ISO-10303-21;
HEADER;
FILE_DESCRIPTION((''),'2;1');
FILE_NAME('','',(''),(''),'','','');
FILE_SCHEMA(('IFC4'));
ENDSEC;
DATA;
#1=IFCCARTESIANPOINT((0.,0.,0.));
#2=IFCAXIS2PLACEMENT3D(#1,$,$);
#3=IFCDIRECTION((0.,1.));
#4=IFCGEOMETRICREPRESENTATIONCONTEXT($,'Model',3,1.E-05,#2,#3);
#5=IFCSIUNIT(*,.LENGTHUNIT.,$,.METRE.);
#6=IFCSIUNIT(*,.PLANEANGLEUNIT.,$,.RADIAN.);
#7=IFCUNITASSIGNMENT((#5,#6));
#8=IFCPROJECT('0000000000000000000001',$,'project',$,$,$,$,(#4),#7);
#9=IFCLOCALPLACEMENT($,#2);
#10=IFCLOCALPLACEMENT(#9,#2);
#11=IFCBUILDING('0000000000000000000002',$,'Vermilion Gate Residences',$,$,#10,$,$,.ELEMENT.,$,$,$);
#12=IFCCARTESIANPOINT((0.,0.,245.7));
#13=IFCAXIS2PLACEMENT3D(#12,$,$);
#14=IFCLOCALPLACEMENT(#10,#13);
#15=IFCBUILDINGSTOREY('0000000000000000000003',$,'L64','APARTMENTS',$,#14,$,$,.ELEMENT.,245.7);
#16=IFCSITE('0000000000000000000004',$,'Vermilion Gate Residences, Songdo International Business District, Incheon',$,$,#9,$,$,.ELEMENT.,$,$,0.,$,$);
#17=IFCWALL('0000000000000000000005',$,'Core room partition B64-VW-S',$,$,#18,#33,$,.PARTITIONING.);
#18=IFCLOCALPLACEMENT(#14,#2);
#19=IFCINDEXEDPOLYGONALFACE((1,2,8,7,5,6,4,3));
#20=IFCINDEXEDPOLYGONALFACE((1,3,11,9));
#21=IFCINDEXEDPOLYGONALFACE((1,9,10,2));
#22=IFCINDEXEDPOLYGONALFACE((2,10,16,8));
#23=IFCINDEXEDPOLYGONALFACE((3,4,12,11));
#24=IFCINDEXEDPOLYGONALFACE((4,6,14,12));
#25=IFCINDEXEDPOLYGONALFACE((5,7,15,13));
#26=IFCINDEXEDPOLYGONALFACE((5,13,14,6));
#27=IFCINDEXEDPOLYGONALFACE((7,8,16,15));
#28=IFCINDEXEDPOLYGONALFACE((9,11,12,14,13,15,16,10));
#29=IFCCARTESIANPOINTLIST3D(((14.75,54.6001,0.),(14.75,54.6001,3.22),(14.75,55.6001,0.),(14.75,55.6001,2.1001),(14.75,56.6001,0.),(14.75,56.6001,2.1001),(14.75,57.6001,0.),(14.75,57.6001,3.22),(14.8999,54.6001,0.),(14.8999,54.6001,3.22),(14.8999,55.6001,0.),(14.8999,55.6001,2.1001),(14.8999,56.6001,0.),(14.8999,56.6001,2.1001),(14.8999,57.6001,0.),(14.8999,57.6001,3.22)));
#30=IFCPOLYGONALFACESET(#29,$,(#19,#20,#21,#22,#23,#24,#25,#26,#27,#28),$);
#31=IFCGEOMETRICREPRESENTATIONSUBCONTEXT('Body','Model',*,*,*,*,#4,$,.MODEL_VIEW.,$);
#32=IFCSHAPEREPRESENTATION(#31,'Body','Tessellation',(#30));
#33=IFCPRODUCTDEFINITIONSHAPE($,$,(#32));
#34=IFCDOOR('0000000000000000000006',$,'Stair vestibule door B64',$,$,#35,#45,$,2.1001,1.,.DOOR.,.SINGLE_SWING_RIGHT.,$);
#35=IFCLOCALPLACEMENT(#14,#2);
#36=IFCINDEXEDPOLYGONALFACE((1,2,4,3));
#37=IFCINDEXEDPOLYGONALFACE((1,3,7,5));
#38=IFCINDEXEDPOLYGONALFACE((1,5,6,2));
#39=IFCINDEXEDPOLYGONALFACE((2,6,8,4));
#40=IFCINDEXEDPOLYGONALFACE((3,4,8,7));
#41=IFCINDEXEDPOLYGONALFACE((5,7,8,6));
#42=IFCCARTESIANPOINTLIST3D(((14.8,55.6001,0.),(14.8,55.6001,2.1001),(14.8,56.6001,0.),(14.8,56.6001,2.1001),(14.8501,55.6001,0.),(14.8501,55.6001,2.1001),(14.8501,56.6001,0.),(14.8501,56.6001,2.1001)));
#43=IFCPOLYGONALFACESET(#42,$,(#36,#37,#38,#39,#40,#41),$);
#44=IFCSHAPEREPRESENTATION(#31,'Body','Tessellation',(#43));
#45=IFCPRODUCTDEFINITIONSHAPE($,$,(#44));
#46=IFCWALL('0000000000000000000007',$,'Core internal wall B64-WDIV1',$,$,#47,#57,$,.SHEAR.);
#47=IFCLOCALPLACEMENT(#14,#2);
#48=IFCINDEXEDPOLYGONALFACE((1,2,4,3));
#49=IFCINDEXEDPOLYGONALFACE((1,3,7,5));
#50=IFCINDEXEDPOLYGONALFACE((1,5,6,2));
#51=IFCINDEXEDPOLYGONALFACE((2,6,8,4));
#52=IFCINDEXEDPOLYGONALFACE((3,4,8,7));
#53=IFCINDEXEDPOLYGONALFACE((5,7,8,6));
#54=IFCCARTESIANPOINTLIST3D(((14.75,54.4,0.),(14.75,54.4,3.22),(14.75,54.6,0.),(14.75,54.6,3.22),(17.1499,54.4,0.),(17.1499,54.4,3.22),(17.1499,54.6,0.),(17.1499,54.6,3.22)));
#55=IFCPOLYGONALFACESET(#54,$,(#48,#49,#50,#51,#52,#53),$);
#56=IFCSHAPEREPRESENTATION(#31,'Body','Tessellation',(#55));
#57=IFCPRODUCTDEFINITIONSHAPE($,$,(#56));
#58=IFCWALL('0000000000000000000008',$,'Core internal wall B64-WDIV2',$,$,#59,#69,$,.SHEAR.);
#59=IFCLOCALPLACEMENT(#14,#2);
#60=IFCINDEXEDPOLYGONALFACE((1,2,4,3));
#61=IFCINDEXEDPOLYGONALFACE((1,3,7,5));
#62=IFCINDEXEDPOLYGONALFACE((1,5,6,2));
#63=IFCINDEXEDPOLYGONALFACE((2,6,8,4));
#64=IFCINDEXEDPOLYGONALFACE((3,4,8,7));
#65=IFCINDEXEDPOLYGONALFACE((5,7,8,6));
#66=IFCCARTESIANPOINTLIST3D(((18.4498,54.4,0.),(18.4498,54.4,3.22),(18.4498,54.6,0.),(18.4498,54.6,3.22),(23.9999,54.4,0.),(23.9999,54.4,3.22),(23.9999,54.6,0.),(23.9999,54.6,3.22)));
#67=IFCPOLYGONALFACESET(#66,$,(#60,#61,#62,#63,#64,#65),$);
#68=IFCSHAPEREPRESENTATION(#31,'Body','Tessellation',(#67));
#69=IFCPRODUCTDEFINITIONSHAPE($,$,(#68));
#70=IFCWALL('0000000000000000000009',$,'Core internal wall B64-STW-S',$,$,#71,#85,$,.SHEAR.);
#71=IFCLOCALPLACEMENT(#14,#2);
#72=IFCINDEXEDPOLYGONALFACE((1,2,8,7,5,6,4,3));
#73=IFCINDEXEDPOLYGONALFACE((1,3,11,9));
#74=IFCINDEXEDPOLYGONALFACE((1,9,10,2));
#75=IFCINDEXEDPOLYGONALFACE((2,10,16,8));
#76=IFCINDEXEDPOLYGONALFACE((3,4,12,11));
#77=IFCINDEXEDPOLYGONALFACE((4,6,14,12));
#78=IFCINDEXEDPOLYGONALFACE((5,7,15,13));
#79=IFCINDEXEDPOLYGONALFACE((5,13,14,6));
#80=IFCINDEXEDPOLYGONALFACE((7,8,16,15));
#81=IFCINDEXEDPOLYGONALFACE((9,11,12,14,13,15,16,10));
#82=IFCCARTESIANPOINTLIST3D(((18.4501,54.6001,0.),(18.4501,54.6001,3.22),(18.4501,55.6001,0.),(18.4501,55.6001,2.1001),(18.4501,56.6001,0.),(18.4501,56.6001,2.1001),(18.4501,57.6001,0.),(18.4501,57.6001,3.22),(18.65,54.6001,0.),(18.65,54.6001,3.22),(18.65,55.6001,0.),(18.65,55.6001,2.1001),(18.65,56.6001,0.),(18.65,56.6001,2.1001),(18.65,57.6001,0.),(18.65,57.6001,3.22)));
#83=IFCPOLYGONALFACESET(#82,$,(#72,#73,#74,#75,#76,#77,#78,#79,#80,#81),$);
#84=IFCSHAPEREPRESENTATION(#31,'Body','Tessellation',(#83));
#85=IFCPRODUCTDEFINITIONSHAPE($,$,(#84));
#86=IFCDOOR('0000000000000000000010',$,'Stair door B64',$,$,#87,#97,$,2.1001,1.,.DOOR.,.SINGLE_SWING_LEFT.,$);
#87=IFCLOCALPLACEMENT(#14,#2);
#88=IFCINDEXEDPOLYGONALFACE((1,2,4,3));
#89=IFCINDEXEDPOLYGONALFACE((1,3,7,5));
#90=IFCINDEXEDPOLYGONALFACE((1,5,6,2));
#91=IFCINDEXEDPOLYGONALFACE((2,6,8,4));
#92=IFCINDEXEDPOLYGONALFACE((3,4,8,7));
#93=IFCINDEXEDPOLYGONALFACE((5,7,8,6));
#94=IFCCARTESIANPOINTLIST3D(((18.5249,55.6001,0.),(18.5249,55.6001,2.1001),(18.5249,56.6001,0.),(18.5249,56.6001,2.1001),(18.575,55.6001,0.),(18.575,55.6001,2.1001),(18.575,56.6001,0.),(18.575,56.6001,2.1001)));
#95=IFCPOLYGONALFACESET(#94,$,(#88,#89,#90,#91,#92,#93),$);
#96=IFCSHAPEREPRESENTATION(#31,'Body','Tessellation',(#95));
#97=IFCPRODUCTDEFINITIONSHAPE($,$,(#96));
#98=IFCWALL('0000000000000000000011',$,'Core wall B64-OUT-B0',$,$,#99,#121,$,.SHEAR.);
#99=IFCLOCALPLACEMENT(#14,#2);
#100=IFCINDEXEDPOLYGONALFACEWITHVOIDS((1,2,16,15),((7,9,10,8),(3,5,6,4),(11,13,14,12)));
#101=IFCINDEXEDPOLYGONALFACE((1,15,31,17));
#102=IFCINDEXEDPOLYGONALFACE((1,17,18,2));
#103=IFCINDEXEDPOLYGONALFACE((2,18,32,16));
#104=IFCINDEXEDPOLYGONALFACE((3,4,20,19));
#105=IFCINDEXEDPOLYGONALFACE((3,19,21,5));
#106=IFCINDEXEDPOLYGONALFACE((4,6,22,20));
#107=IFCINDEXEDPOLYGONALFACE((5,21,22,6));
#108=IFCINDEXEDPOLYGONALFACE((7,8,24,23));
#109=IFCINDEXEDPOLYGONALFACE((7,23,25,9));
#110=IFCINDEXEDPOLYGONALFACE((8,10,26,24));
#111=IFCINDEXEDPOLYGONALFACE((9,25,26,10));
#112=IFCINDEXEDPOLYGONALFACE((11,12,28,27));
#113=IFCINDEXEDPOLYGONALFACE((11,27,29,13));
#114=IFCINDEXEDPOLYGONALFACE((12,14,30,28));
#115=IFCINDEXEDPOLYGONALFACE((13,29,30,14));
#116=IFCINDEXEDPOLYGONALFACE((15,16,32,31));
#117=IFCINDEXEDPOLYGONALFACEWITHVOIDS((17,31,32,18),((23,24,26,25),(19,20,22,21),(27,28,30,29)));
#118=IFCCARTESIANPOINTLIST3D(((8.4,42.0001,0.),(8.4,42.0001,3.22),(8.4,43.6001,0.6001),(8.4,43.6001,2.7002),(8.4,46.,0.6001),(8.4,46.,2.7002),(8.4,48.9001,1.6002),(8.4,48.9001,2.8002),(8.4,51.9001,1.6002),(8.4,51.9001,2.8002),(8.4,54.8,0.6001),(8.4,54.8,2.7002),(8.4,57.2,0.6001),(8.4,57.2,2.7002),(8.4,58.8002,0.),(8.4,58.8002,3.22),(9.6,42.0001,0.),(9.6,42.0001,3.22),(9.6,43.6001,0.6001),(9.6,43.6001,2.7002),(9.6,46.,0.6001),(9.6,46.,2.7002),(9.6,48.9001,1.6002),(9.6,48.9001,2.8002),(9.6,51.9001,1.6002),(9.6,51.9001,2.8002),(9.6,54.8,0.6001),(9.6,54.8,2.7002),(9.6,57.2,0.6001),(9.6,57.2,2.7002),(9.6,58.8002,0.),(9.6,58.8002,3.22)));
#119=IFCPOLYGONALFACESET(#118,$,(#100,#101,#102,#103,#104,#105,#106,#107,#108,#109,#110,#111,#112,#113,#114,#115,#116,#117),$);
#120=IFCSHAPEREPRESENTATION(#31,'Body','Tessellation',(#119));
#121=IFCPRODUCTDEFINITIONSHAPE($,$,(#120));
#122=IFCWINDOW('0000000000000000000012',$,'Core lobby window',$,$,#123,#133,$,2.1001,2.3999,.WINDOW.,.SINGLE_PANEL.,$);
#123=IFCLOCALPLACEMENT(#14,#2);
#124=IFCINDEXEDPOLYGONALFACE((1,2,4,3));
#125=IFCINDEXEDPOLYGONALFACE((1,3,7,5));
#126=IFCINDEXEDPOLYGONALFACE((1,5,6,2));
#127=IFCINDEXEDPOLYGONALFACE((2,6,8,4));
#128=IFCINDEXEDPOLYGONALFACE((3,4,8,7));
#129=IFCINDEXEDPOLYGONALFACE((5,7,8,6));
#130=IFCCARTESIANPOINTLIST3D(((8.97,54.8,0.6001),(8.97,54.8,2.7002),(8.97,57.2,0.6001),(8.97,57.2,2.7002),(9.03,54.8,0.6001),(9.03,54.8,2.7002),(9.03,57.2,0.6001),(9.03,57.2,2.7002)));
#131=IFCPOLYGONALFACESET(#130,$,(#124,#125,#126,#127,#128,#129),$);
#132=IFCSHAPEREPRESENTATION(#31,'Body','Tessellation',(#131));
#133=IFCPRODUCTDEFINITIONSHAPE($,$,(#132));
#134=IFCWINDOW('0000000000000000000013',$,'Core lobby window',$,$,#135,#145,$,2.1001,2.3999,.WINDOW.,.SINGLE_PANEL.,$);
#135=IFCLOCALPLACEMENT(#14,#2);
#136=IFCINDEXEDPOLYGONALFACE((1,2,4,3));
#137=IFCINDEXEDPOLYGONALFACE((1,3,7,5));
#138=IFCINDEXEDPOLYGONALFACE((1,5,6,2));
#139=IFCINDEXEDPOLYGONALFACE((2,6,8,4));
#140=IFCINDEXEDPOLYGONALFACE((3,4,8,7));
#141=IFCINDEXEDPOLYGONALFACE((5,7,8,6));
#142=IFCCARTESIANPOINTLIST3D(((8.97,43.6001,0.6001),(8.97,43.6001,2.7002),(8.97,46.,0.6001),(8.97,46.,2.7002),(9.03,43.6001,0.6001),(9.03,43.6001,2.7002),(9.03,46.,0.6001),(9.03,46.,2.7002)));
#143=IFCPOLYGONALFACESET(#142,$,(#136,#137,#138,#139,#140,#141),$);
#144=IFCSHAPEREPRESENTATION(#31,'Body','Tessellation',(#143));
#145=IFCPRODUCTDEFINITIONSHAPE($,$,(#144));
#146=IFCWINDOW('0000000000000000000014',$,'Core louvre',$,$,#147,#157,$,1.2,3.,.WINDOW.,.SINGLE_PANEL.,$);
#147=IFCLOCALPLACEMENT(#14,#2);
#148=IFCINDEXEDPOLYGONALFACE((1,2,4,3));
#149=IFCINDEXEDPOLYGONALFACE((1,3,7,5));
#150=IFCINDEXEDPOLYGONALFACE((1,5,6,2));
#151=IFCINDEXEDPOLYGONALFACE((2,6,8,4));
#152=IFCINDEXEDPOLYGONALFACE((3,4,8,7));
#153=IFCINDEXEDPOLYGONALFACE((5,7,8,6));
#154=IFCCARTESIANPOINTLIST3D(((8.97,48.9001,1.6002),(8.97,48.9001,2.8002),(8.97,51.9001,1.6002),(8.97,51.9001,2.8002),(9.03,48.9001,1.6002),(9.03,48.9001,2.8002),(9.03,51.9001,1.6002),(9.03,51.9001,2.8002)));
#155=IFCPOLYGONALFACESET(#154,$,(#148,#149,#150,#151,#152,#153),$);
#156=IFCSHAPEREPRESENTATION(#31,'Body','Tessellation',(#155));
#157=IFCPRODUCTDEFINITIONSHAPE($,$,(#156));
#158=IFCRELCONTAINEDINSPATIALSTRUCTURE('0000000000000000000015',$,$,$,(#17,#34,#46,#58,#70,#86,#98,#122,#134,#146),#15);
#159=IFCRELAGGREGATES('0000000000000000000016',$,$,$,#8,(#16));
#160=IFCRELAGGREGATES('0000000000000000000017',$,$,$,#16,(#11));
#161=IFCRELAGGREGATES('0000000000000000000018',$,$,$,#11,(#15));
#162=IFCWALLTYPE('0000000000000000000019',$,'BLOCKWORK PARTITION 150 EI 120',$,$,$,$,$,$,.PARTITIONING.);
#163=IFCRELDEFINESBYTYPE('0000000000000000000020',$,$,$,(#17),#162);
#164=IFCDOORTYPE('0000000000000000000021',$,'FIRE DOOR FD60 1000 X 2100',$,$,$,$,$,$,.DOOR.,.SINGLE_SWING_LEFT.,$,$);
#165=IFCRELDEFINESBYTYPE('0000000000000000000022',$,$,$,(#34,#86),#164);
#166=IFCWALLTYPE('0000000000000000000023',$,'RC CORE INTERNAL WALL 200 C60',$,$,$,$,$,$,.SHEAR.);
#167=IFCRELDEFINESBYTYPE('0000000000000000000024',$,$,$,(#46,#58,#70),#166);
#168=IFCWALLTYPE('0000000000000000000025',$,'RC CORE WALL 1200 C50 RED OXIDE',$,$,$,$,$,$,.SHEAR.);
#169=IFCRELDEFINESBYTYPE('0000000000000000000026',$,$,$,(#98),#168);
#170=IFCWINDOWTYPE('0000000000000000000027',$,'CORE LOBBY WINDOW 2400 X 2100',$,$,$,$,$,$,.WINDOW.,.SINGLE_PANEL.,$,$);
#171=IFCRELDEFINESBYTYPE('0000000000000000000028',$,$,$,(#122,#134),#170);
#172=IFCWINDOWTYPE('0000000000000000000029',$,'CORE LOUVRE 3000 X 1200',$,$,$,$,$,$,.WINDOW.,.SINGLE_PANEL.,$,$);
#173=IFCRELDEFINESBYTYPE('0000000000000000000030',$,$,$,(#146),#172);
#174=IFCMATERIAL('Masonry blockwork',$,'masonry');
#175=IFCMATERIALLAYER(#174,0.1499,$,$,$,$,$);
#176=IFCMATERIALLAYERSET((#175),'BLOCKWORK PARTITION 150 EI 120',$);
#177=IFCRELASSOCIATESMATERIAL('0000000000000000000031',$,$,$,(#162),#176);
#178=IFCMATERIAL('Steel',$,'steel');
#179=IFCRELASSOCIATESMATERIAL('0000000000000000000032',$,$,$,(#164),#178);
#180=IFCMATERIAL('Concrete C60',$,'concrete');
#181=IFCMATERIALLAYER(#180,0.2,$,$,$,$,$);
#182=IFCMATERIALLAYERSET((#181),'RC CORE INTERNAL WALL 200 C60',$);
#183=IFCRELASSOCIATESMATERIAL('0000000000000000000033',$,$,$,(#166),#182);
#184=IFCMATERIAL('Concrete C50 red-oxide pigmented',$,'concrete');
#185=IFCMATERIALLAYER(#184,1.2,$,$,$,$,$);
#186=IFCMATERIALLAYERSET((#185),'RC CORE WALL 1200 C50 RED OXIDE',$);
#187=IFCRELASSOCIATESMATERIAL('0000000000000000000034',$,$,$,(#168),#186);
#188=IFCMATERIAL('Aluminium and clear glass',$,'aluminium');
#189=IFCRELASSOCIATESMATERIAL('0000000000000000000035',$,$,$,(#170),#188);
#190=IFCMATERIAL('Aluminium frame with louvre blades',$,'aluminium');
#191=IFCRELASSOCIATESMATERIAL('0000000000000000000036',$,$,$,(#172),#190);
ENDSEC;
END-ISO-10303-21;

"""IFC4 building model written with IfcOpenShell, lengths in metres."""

from ifc_helpers import new_model, si_unit, direction, frame, frame_2d, origin, place, context, subcontext, project, spatial, rectangle, extrude, material, layer, layer_set, type_object, element, fill, save


model = new_model("IFC4")

# Units and contexts
model_context = context("Model", 3, precision=1e-05, world=origin(), true_north=direction((0.0, 1.0)))
body_context = subcontext(model_context, "Body", "Model", "MODEL_VIEW")
ifc_project = project(units=[si_unit("LENGTHUNIT", "METRE"), si_unit("PLANEANGLEUNIT", "RADIAN")], contexts=[model_context])

# Site, building, storey
site_placement = place(None, origin())
site = spatial("IfcSite", under=ifc_project, at=site_placement, Name="Vermilion Gate Residences, Songdo International Business District, Incheon", CompositionType="ELEMENT", RefElevation=0.0)
building_placement = place(site_placement, origin())
building = spatial("IfcBuilding", under=site, at=building_placement, Name="Vermilion Gate Residences", CompositionType="ELEMENT")
storey_placement = place(building_placement, frame((0.0, 0.0, 245.7)))
storey = spatial("IfcBuildingStorey", under=building, at=storey_placement, Name="L64", Description="APARTMENTS", CompositionType="ELEMENT", Elevation=245.7)

# Wall, opening, door
ifc_material_1 = material(Name="Masonry blockwork", Category="masonry")
ifc_layer_1 = layer(ifc_material_1, 0.1499)
ifc_layer_set_1 = layer_set([ifc_layer_1], Name="BLOCKWORK PARTITION 150 EI 120")
wall_type_1 = type_object("IfcWallType", Name="BLOCKWORK PARTITION 150 EI 120", PredefinedType="PARTITIONING", material=ifc_layer_set_1)
wall_1_placement = place(storey_placement, frame((14.825, 57.6001, 0.0), z_axis=(0.0, 0.0, 1.0), x_axis=(0.0, -1.0, 0.0)))
wall_1 = element("IfcWall", 1, at=wall_1_placement, inside=storey, type_object=wall_type_1, Name="Core room partition B64-VW-S", PredefinedType="PARTITIONING", context=body_context, shape_type="SweptSolid", body=[
    extrude(rectangle(XDim=3.0, YDim=0.1499, at=frame_2d((1.5, 0.0))), origin(), (0.0, 0.0, 1.0), 3.22),
])
opening_1_placement = place(wall_1_placement, frame((1.0, 0.0, 0.0)))
opening_1 = element("IfcOpeningElement", 2, at=opening_1_placement, cuts=wall_1, PredefinedType="OPENING", context=body_context, shape_type="SweptSolid", body=[
    extrude(rectangle(XDim=1.0, YDim=2.1001, at=frame_2d((0.5, 1.05))), frame((0.0, 0.085, 0.0), z_axis=(0.0, -1.0, 0.0), x_axis=(1.0, 0.0, 0.0)), (0.0, 0.0, 1.0), 0.1699),
])
ifc_material_2 = material(Name="Steel", Category="steel")
door_type = type_object("IfcDoorType", Name="FIRE DOOR FD60 1000 X 2100", OperationType="SINGLE_SWING_LEFT", PredefinedType="DOOR", material=ifc_material_2)
door_1_placement = place(opening_1_placement, frame((1.0, 0.0, 0.0), z_axis=(0.0, 0.0, 1.0), x_axis=(-1.0, 0.0, 0.0)))
door_1 = element("IfcDoor", 3, at=door_1_placement, inside=storey, type_object=door_type, Name="Stair vestibule door B64", OperationType="SINGLE_SWING_RIGHT", OverallHeight=2.1001, OverallWidth=1.0, PredefinedType="DOOR", context=body_context, shape_type="SweptSolid", body=[
    extrude(rectangle(XDim=1.0, YDim=2.1001, at=frame_2d((0.5, 1.05))), frame((0.0, 0.0249, 0.0), z_axis=(0.0, -1.0, 0.0), x_axis=(1.0, 0.0, 0.0)), (0.0, 0.0, 1.0), 0.05),
])
fill(opening_1, door_1)

# Walls
ifc_material_3 = material(Name="Concrete C60", Category="concrete")
ifc_layer_2 = layer(ifc_material_3, 0.2)
ifc_layer_set_2 = layer_set([ifc_layer_2], Name="RC CORE INTERNAL WALL 200 C60")
wall_type_2 = type_object("IfcWallType", Name="RC CORE INTERNAL WALL 200 C60", PredefinedType="SHEAR", material=ifc_layer_set_2)
wall_2_placement = place(storey_placement, frame((14.75, 54.5, 0.0), z_axis=(0.0, 0.0, 1.0), x_axis=(1.0, 0.0, 0.0)))
element("IfcWall", 4, at=wall_2_placement, inside=storey, type_object=wall_type_2, Name="Core internal wall B64-WDIV1", PredefinedType="SHEAR", context=body_context, shape_type="SweptSolid", body=[
    extrude(rectangle(XDim=2.3999, YDim=0.2, at=frame_2d((1.2, 0.0))), origin(), (0.0, 0.0, 1.0), 3.22),
])
wall_3_placement = place(storey_placement, frame((18.45, 54.5, 0.0), z_axis=(0.0, 0.0, 1.0), x_axis=(1.0, 0.0, 0.0)))
element("IfcWall", 5, at=wall_3_placement, inside=storey, type_object=wall_type_2, Name="Core internal wall B64-WDIV2", PredefinedType="SHEAR", context=body_context, shape_type="SweptSolid", body=[
    extrude(rectangle(XDim=5.55, YDim=0.2, at=frame_2d((2.7749, 0.0))), origin(), (0.0, 0.0, 1.0), 3.22),
])

# Wall, opening, door
wall_4_placement = place(storey_placement, frame((18.55, 57.6001, 0.0), z_axis=(0.0, 0.0, 1.0), x_axis=(0.0, -1.0, 0.0)))
wall_4 = element("IfcWall", 6, at=wall_4_placement, inside=storey, type_object=wall_type_2, Name="Core internal wall B64-STW-S", PredefinedType="SHEAR", context=body_context, shape_type="SweptSolid", body=[
    extrude(rectangle(XDim=3.0, YDim=0.2, at=frame_2d((1.5, 0.0))), origin(), (0.0, 0.0, 1.0), 3.22),
])
opening_2_placement = place(wall_4_placement, frame((1.0, 0.0, 0.0)))
opening_2 = element("IfcOpeningElement", 7, at=opening_2_placement, cuts=wall_4, PredefinedType="OPENING", context=body_context, shape_type="SweptSolid", body=[
    extrude(rectangle(XDim=1.0, YDim=2.1001, at=frame_2d((0.5, 1.05))), frame((0.0, 0.1099, 0.0), z_axis=(0.0, -1.0, 0.0), x_axis=(1.0, 0.0, 0.0)), (0.0, 0.0, 1.0), 0.22),
])
door_2_placement = place(opening_2_placement, origin())
door_2 = element("IfcDoor", 8, at=door_2_placement, inside=storey, type_object=door_type, Name="Stair door B64", OperationType="SINGLE_SWING_LEFT", OverallHeight=2.1001, OverallWidth=1.0, PredefinedType="DOOR", context=body_context, shape_type="SweptSolid", body=[
    extrude(rectangle(XDim=1.0, YDim=2.1001, at=frame_2d((0.5, 1.05))), frame((0.0, 0.0249, 0.0), z_axis=(0.0, -1.0, 0.0), x_axis=(1.0, 0.0, 0.0)), (0.0, 0.0, 1.0), 0.05),
])
fill(opening_2, door_2)

# Wall, openings, windows
ifc_material_4 = material(Name="Concrete C50 red-oxide pigmented", Category="concrete")
ifc_layer_3 = layer(ifc_material_4, 1.2)
ifc_layer_set_3 = layer_set([ifc_layer_3], Name="RC CORE WALL 1200 C50 RED OXIDE")
wall_type_3 = type_object("IfcWallType", Name="RC CORE WALL 1200 C50 RED OXIDE", PredefinedType="SHEAR", material=ifc_layer_set_3)
wall_5_placement = place(storey_placement, frame((9.0, 58.8, 0.0), z_axis=(0.0, 0.0, 1.0), x_axis=(0.0, -1.0, 0.0)))
wall_5 = element("IfcWall", 9, at=wall_5_placement, inside=storey, type_object=wall_type_3, Name="Core wall B64-OUT-B0", PredefinedType="SHEAR", context=body_context, shape_type="SweptSolid", body=[
    extrude(rectangle(XDim=16.8, YDim=1.2, at=frame_2d((8.3999, 0.0))), origin(), (0.0, 0.0, 1.0), 3.22),
])
opening_3_placement = place(wall_5_placement, frame((1.6001, 0.0, 0.6001)))
opening_3 = element("IfcOpeningElement", 10, at=opening_3_placement, cuts=wall_5, PredefinedType="OPENING", context=body_context, shape_type="SweptSolid", body=[
    extrude(rectangle(XDim=2.3999, YDim=2.1001, at=frame_2d((1.2, 1.05))), frame((0.0, 0.6099, 0.0), z_axis=(0.0, -1.0, 0.0), x_axis=(1.0, 0.0, 0.0)), (0.0, 0.0, 1.0), 1.22),
])
opening_4_placement = place(wall_5_placement, frame((6.8999, 0.0, 1.6001)))
opening_4 = element("IfcOpeningElement", 11, at=opening_4_placement, cuts=wall_5, PredefinedType="OPENING", context=body_context, shape_type="SweptSolid", body=[
    extrude(rectangle(XDim=3.0, YDim=1.2, at=frame_2d((1.5, 0.6001))), frame((0.0, 0.6099, 0.0), z_axis=(0.0, -1.0, 0.0), x_axis=(1.0, 0.0, 0.0)), (0.0, 0.0, 1.0), 1.22),
])
opening_5_placement = place(wall_5_placement, frame((12.8, 0.0, 0.6001)))
opening_5 = element("IfcOpeningElement", 12, at=opening_5_placement, cuts=wall_5, PredefinedType="OPENING", context=body_context, shape_type="SweptSolid", body=[
    extrude(rectangle(XDim=2.3999, YDim=2.1001, at=frame_2d((1.2, 1.05))), frame((0.0, 0.6099, 0.0), z_axis=(0.0, -1.0, 0.0), x_axis=(1.0, 0.0, 0.0)), (0.0, 0.0, 1.0), 1.22),
])
ifc_material_5 = material(Name="Aluminium and clear glass", Category="aluminium")
window_type_1 = type_object("IfcWindowType", Name="CORE LOBBY WINDOW 2400 X 2100", PartitioningType="SINGLE_PANEL", PredefinedType="WINDOW", material=ifc_material_5)
window_1_placement = place(opening_3_placement, origin())
window_1 = element("IfcWindow", 13, at=window_1_placement, inside=storey, type_object=window_type_1, Name="Core lobby window", OverallHeight=2.1001, OverallWidth=2.3999, PartitioningType="SINGLE_PANEL", PredefinedType="WINDOW", context=body_context, shape_type="SweptSolid", body=[
    extrude(rectangle(XDim=2.3999, YDim=2.1001, at=frame_2d((1.2, 1.05))), frame((0.0, 0.03, 0.0), z_axis=(0.0, -1.0, 0.0), x_axis=(1.0, 0.0, 0.0)), (0.0, 0.0, 1.0), 0.0601),
])
fill(opening_3, window_1)
window_2_placement = place(opening_5_placement, origin())
window_2 = element("IfcWindow", 14, at=window_2_placement, inside=storey, type_object=window_type_1, Name="Core lobby window", OverallHeight=2.1001, OverallWidth=2.3999, PartitioningType="SINGLE_PANEL", PredefinedType="WINDOW", context=body_context, shape_type="SweptSolid", body=[
    extrude(rectangle(XDim=2.3999, YDim=2.1001, at=frame_2d((1.2, 1.05))), frame((0.0, 0.03, 0.0), z_axis=(0.0, -1.0, 0.0), x_axis=(1.0, 0.0, 0.0)), (0.0, 0.0, 1.0), 0.0601),
])
fill(opening_5, window_2)
ifc_material_6 = material(Name="Aluminium frame with louvre blades", Category="aluminium")
window_type_2 = type_object("IfcWindowType", Name="CORE LOUVRE 3000 X 1200", PartitioningType="SINGLE_PANEL", PredefinedType="WINDOW", material=ifc_material_6)
window_3_placement = place(opening_4_placement, origin())
window_3 = element("IfcWindow", 15, at=window_3_placement, inside=storey, type_object=window_type_2, Name="Core louvre", OverallHeight=1.2, OverallWidth=3.0, PartitioningType="SINGLE_PANEL", PredefinedType="WINDOW", context=body_context, shape_type="SweptSolid", body=[
    extrude(rectangle(XDim=3.0, YDim=1.2, at=frame_2d((1.5, 0.6001))), frame((0.0, 0.03, 0.0), z_axis=(0.0, -1.0, 0.0), x_axis=(1.0, 0.0, 0.0)), (0.0, 0.0, 1.0), 0.0601),
])
fill(opening_4, window_3)

save(model, "model.ifc")
